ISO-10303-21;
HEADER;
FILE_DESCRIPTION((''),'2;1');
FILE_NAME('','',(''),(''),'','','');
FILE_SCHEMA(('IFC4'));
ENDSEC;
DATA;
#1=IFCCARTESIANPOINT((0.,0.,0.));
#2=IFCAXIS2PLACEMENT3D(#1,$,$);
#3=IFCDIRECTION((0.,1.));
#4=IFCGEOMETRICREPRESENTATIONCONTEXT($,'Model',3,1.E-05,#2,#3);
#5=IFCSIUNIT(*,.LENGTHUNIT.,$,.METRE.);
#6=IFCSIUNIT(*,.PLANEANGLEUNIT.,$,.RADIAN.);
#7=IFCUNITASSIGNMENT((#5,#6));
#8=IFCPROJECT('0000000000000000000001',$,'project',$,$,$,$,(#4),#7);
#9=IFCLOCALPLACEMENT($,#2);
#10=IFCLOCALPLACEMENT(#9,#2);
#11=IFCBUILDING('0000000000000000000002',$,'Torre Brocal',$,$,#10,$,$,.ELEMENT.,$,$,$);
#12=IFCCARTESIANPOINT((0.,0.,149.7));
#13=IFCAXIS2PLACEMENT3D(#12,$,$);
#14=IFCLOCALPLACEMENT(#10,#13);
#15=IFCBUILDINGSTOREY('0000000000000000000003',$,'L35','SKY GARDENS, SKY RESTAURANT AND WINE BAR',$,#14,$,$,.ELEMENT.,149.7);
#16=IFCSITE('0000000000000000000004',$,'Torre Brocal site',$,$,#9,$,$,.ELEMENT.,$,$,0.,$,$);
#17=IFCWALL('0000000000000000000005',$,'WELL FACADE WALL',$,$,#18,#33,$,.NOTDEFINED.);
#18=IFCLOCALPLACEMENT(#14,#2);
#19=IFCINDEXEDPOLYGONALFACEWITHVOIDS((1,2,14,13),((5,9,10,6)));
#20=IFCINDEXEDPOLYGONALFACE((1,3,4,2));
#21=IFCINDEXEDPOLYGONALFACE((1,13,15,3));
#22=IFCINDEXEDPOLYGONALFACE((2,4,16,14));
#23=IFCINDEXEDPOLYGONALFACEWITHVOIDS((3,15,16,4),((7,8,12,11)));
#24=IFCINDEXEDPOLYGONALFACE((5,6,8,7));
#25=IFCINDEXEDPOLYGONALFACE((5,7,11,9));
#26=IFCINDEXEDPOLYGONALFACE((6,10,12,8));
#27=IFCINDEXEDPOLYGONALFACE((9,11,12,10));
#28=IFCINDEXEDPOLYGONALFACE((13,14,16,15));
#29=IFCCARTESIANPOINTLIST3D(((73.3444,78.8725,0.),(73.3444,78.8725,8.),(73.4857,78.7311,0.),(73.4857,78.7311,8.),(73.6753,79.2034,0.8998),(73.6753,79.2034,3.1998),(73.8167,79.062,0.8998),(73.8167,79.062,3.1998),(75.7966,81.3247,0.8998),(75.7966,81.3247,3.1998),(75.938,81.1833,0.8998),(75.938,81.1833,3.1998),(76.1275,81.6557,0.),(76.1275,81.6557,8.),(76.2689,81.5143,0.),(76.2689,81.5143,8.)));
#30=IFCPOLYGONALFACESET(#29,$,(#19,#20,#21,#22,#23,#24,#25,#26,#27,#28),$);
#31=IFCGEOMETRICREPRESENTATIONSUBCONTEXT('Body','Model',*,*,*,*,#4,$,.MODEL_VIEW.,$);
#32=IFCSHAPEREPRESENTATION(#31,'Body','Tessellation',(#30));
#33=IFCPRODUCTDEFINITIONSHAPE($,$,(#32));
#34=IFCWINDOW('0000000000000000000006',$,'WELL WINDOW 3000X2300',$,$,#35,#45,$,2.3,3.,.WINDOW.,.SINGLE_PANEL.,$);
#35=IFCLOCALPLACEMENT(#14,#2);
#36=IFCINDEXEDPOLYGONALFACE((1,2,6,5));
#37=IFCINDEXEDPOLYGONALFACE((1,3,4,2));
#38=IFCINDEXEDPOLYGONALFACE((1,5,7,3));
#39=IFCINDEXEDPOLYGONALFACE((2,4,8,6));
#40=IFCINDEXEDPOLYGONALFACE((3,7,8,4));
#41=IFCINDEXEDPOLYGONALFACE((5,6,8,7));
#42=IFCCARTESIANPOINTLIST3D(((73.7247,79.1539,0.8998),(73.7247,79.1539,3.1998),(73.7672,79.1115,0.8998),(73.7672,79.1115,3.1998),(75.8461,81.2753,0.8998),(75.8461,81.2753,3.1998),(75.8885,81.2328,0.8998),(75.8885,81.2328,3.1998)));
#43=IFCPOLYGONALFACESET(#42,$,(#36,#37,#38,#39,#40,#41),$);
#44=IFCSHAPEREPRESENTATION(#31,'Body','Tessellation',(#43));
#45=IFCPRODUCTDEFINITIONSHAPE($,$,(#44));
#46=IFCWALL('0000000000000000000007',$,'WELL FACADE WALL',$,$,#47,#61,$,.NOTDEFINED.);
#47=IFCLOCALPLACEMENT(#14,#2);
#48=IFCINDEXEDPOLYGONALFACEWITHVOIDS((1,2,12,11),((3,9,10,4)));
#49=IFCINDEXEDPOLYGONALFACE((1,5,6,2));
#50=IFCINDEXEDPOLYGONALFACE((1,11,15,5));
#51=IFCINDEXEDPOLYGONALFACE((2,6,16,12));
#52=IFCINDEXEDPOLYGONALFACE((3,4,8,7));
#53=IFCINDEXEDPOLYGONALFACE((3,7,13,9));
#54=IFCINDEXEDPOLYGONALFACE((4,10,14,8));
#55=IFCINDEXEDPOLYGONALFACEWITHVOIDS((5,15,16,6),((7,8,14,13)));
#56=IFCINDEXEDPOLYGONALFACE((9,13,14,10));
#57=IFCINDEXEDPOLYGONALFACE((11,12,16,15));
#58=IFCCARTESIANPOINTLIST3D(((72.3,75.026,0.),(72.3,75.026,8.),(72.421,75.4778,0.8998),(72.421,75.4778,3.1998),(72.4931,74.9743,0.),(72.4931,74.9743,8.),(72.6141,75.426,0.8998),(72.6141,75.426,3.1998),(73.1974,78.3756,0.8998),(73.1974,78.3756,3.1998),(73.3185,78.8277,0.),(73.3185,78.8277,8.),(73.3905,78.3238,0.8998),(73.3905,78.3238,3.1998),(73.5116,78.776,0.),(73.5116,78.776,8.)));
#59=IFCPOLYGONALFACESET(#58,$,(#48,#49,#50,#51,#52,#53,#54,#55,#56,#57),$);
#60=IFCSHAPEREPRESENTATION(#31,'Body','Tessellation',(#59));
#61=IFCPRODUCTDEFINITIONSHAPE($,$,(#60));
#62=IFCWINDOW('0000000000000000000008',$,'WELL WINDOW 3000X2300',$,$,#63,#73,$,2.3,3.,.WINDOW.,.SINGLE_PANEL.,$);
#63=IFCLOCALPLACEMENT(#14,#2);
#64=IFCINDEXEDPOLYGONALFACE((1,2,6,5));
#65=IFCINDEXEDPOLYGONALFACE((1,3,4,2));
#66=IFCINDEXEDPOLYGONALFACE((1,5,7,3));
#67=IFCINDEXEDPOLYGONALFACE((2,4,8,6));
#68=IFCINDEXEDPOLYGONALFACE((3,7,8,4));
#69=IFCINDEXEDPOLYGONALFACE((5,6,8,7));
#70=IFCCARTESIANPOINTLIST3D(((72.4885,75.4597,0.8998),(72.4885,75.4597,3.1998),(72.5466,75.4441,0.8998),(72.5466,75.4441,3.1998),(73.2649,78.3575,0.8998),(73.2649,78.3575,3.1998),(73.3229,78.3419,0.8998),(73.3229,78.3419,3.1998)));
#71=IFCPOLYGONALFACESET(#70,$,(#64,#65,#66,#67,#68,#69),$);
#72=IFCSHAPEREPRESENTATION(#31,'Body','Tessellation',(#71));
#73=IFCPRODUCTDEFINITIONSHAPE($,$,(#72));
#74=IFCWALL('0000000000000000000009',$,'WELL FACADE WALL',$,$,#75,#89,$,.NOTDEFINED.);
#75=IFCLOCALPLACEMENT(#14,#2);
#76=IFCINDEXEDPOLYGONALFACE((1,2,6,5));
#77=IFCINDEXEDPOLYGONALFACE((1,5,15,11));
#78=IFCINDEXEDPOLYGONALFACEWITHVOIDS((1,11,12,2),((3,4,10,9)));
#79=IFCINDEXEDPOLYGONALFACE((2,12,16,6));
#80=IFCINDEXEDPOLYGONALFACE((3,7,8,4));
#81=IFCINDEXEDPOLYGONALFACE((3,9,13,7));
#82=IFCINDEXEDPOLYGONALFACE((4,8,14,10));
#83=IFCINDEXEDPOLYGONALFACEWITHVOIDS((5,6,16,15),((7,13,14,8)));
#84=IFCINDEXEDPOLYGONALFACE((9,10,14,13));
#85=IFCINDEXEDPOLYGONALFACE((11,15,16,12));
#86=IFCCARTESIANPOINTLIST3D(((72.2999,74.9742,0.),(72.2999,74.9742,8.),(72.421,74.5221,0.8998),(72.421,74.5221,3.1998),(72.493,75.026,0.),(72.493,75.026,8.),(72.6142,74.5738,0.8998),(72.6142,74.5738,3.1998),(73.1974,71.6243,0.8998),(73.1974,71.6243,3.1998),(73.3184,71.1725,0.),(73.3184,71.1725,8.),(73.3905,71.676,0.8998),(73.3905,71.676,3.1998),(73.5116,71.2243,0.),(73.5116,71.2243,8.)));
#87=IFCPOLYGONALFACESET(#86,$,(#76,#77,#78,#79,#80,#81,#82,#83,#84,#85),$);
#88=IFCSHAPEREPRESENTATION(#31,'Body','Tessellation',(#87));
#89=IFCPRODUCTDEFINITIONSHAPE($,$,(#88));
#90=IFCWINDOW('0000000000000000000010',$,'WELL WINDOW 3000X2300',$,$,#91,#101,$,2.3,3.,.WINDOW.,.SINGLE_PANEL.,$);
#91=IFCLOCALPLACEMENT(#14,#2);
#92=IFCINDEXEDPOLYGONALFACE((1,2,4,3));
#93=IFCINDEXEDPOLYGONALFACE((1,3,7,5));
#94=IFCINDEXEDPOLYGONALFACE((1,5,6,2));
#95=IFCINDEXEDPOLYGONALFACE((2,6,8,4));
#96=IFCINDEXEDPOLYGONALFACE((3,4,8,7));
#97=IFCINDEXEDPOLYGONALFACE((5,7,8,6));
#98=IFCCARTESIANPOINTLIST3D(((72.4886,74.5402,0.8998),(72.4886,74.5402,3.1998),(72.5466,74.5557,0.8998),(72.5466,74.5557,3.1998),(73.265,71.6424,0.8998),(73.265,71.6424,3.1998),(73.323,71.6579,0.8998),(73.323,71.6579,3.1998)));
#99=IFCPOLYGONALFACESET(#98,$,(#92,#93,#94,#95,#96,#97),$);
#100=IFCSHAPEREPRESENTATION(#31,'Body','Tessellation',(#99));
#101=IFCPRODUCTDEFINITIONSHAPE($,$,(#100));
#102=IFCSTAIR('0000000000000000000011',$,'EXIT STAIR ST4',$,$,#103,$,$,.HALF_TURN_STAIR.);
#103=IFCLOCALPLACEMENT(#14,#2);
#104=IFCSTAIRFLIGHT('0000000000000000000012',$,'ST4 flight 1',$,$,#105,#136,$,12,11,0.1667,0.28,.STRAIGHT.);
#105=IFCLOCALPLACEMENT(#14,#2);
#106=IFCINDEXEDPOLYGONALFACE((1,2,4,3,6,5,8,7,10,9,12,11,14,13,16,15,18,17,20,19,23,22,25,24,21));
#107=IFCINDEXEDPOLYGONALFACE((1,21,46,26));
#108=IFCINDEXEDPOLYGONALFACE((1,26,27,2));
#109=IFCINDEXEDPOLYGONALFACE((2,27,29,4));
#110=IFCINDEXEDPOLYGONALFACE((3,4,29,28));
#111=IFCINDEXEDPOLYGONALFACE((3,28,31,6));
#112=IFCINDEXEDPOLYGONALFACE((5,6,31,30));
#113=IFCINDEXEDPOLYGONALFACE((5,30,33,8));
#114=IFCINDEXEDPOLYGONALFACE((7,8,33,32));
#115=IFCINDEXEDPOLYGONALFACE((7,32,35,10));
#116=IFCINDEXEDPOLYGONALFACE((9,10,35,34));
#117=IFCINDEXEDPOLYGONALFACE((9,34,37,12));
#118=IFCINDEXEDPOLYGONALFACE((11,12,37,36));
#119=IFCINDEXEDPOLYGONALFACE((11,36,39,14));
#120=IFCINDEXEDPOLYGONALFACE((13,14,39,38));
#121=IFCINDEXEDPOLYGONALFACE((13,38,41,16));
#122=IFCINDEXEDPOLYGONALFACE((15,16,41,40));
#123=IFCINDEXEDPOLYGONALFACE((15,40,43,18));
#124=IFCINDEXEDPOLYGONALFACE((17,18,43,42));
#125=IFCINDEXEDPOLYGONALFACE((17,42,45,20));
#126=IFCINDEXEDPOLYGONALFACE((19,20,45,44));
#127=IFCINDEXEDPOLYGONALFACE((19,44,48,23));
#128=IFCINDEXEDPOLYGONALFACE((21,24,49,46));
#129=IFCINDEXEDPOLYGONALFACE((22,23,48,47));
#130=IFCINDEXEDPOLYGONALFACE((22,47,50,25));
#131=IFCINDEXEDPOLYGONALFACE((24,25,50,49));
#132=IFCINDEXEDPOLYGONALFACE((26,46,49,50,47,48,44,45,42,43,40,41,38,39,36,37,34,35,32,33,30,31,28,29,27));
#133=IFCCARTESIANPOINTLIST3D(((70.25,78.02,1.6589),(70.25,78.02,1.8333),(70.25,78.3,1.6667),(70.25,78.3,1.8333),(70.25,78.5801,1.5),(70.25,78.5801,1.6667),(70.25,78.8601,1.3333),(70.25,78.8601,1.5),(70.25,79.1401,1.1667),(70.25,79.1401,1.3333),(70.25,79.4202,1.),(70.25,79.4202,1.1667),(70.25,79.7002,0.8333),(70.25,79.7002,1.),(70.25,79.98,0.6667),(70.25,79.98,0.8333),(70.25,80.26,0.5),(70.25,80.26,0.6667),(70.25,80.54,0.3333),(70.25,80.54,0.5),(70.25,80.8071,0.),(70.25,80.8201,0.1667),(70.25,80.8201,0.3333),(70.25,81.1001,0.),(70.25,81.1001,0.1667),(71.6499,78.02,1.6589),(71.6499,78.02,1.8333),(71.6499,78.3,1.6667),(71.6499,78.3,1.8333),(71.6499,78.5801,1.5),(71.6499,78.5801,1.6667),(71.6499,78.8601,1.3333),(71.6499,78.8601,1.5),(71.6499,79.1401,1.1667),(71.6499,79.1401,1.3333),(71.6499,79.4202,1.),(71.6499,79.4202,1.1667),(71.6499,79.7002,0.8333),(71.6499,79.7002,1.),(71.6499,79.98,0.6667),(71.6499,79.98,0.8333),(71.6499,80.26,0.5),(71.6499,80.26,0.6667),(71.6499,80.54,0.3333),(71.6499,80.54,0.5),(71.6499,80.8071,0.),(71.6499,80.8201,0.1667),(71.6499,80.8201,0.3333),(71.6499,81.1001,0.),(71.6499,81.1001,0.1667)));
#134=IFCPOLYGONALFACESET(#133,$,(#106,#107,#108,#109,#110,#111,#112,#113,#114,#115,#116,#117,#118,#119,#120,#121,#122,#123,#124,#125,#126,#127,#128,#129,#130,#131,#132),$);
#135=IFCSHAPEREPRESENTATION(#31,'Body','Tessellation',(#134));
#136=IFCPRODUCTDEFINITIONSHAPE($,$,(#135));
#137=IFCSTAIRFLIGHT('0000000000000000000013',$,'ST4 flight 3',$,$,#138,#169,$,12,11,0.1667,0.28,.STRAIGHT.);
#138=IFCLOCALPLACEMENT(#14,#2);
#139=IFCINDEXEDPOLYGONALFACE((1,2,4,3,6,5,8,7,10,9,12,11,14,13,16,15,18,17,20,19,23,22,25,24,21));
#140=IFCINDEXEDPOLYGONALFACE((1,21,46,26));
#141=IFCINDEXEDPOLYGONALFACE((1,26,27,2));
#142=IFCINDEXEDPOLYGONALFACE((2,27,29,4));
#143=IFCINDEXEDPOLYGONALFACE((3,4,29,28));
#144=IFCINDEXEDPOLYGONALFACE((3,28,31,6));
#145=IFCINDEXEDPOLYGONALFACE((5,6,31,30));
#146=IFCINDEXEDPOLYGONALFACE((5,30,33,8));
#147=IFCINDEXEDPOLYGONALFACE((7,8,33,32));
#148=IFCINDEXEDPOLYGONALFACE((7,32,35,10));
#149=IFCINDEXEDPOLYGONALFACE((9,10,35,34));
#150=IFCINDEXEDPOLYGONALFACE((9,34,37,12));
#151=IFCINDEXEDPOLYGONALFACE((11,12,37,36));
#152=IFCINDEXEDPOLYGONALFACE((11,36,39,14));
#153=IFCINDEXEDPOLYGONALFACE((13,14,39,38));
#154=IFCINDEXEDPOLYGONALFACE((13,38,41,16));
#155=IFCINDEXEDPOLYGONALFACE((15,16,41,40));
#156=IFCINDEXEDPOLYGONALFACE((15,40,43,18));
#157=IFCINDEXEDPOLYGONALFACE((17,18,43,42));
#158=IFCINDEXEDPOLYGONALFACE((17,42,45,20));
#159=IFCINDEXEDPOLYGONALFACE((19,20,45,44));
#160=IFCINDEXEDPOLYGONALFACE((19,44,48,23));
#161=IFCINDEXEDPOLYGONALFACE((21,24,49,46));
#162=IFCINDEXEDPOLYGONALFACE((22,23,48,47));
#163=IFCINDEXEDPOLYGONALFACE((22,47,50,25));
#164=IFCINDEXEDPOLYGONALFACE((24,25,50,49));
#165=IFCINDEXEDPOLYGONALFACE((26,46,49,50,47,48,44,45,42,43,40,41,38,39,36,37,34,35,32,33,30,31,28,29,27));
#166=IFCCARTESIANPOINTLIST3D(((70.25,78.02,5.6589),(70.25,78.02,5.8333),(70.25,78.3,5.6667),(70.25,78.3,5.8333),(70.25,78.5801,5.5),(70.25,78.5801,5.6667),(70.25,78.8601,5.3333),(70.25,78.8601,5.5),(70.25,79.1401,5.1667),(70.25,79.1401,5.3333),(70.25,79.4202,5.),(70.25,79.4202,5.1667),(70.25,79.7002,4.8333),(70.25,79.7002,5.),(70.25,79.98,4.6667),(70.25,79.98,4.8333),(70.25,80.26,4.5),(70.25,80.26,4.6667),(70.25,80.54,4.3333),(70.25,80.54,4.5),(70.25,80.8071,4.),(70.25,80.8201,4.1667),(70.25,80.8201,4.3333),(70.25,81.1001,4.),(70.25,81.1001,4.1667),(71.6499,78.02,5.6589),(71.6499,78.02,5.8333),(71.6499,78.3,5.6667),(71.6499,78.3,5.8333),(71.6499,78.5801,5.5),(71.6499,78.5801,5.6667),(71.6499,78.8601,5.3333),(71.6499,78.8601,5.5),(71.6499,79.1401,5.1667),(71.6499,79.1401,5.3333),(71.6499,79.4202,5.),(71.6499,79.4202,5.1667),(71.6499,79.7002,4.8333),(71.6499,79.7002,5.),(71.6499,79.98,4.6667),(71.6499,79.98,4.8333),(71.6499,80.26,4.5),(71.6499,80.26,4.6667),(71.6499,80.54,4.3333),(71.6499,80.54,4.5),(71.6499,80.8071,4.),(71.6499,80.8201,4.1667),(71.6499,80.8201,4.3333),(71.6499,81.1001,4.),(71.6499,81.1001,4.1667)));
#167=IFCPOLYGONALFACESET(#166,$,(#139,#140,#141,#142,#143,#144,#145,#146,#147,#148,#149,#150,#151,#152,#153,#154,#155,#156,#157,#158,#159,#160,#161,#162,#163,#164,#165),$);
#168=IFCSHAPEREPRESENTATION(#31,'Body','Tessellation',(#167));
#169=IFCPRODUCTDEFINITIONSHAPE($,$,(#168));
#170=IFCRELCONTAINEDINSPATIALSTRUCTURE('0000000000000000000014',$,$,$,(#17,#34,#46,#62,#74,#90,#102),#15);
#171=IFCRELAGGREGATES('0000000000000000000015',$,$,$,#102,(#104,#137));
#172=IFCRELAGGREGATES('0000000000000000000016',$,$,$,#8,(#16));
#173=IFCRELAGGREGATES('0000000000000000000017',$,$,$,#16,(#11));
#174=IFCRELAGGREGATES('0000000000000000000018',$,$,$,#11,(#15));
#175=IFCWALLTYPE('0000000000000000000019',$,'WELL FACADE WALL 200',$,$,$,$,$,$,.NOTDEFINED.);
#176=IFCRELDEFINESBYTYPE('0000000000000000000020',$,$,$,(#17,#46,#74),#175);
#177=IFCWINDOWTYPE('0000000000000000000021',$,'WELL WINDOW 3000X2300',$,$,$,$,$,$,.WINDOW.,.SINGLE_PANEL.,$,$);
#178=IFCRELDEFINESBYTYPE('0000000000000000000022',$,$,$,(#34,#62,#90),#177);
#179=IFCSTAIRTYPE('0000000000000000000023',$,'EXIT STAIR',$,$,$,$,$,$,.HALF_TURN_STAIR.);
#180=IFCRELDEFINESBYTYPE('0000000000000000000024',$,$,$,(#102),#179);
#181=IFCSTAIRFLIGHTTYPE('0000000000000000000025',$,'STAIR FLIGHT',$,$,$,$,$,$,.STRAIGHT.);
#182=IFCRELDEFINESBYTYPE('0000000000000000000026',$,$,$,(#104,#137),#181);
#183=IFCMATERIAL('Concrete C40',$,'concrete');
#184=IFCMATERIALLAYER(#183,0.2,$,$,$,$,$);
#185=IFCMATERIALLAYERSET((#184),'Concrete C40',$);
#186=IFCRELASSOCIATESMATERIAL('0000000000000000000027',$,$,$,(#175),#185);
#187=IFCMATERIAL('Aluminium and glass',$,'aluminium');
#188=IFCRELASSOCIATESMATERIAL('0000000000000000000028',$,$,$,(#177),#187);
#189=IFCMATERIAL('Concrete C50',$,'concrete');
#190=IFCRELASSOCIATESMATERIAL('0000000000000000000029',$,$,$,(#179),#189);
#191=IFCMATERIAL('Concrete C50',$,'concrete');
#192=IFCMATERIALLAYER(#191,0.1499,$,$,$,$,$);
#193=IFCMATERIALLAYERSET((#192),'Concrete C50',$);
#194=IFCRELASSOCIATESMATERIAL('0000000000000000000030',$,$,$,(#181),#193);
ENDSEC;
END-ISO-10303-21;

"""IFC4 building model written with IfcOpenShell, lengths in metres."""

from ifc_helpers import new_model, si_unit, direction, frame, frame_2d, origin, place, context, subcontext, project, spatial, polyline, rectangle, outline, extrude, material, layer, layer_set, type_object, element, fill, aggregate, save


model = new_model("IFC4")

# Units and contexts
model_context = context("Model", 3, precision=1e-05, world=origin(), true_north=direction((0.0, 1.0)))
body_context = subcontext(model_context, "Body", "Model", "MODEL_VIEW")
ifc_project = project(units=[si_unit("LENGTHUNIT", "METRE"), si_unit("PLANEANGLEUNIT", "RADIAN")], contexts=[model_context])

# Site, building, storey
site_placement = place(None, origin())
site = spatial("IfcSite", under=ifc_project, at=site_placement, Name="Torre Brocal site", CompositionType="ELEMENT", RefElevation=0.0)
building_placement = place(site_placement, origin())
building = spatial("IfcBuilding", under=site, at=building_placement, Name="Torre Brocal", CompositionType="ELEMENT")
storey_placement = place(building_placement, frame((0.0, 0.0, 149.7)))
storey = spatial("IfcBuildingStorey", under=building, at=storey_placement, Name="L35", Description="SKY GARDENS, SKY RESTAURANT AND WINE BAR", CompositionType="ELEMENT", Elevation=149.7)

# Walls, openings, windows
ifc_material_1 = material(Name="Concrete C40", Category="concrete")
ifc_layer_1 = layer(ifc_material_1, 0.2)
ifc_layer_set_1 = layer_set([ifc_layer_1], Name="Concrete C40")
wall_type_1 = type_object("IfcWallType", Name="WELL FACADE WALL 200", PredefinedType="NOTDEFINED", material=ifc_layer_set_1)
wall_1_placement = place(storey_placement, frame((76.1982, 81.585, 0.0), z_axis=(0.0, 0.0, 1.0), x_axis=(-0.707107, -0.707107, 0.0)))
wall_1 = element("IfcWall", 1, at=wall_1_placement, inside=storey, type_object=wall_type_1, Name="WELL FACADE WALL", PredefinedType="NOTDEFINED", context=body_context, shape_type="SweptSolid", body=[
    extrude(rectangle(XDim=3.936, YDim=0.2, at=frame_2d((1.968, 0.0))), origin(), (0.0, 0.0, 1.0), 8.0),
])
opening_1_placement = place(wall_1_placement, frame((0.468, 0.0, 0.8999)))
opening_1 = element("IfcOpeningElement", 2, at=opening_1_placement, cuts=wall_1, PredefinedType="OPENING", context=body_context, shape_type="SweptSolid", body=[
    extrude(rectangle(XDim=3.0, YDim=2.3, at=frame_2d((1.5, 1.1499))), frame((0.0, 0.1099, 0.0), z_axis=(0.0, -1.0, 0.0), x_axis=(1.0, 0.0, 0.0)), (0.0, 0.0, 1.0), 0.22),
])
ifc_material_2 = material(Name="Aluminium and glass", Category="aluminium")
window_type_1 = type_object("IfcWindowType", Name="WELL WINDOW 3000X2300", PartitioningType="SINGLE_PANEL", PredefinedType="WINDOW", material=ifc_material_2)
window_1_placement = place(opening_1_placement, origin())
window_1 = element("IfcWindow", 3, at=window_1_placement, inside=storey, type_object=window_type_1, Name="WELL WINDOW 3000X2300", OverallHeight=2.3, OverallWidth=3.0, PartitioningType="SINGLE_PANEL", PredefinedType="WINDOW", context=body_context, shape_type="SweptSolid", body=[
    extrude(rectangle(XDim=3.0, YDim=2.3, at=frame_2d((1.5, 1.1499))), frame((0.0, 0.03, 0.0), z_axis=(0.0, -1.0, 0.0), x_axis=(1.0, 0.0, 0.0)), (0.0, 0.0, 1.0), 0.0601),
])
fill(opening_1, window_1)
wall_2_placement = place(storey_placement, frame((73.415, 78.8018, 0.0), z_axis=(0.0, 0.0, 1.0), x_axis=(-0.25879, -0.965934, 0.0)))
wall_2 = element("IfcWall", 4, at=wall_2_placement, inside=storey, type_object=wall_type_1, Name="WELL FACADE WALL", PredefinedType="NOTDEFINED", context=body_context, shape_type="SweptSolid", body=[
    extrude(rectangle(XDim=3.9358, YDim=0.2, at=frame_2d((1.9678, 0.0))), origin(), (0.0, 0.0, 1.0), 8.0),
])
opening_2_placement = place(wall_2_placement, frame((0.468, 0.0, 0.8999)))
opening_2 = element("IfcOpeningElement", 5, at=opening_2_placement, cuts=wall_2, PredefinedType="OPENING", context=body_context, shape_type="SweptSolid", body=[
    extrude(rectangle(XDim=3.0, YDim=2.3, at=frame_2d((1.5, 1.1499))), frame((0.0, 0.1099, 0.0), z_axis=(0.0, -1.0, 0.0), x_axis=(1.0, 0.0, 0.0)), (0.0, 0.0, 1.0), 0.22),
])
window_2_placement = place(opening_2_placement, origin())
window_2 = element("IfcWindow", 6, at=window_2_placement, inside=storey, type_object=window_type_1, Name="WELL WINDOW 3000X2300", OverallHeight=2.3, OverallWidth=3.0, PartitioningType="SINGLE_PANEL", PredefinedType="WINDOW", context=body_context, shape_type="SweptSolid", body=[
    extrude(rectangle(XDim=3.0, YDim=2.3, at=frame_2d((1.5, 1.1499))), frame((0.0, 0.03, 0.0), z_axis=(0.0, -1.0, 0.0), x_axis=(1.0, 0.0, 0.0)), (0.0, 0.0, 1.0), 0.0601),
])
fill(opening_2, window_2)
wall_3_placement = place(storey_placement, frame((72.3965, 75.0, 0.0), z_axis=(0.0, 0.0, 1.0), x_axis=(0.25879, -0.965934, 0.0)))
wall_3 = element("IfcWall", 7, at=wall_3_placement, inside=storey, type_object=wall_type_1, Name="WELL FACADE WALL", PredefinedType="NOTDEFINED", context=body_context, shape_type="SweptSolid", body=[
    extrude(rectangle(XDim=3.9358, YDim=0.2, at=frame_2d((1.9678, 0.0))), origin(), (0.0, 0.0, 1.0), 8.0),
])
opening_3_placement = place(wall_3_placement, frame((0.468, 0.0, 0.8999)))
opening_3 = element("IfcOpeningElement", 8, at=opening_3_placement, cuts=wall_3, PredefinedType="OPENING", context=body_context, shape_type="SweptSolid", body=[
    extrude(rectangle(XDim=3.0, YDim=2.3, at=frame_2d((1.5, 1.1499))), frame((0.0, 0.1099, 0.0), z_axis=(0.0, -1.0, 0.0), x_axis=(1.0, 0.0, 0.0)), (0.0, 0.0, 1.0), 0.22),
])
window_3_placement = place(opening_3_placement, origin())
window_3 = element("IfcWindow", 9, at=window_3_placement, inside=storey, type_object=window_type_1, Name="WELL WINDOW 3000X2300", OverallHeight=2.3, OverallWidth=3.0, PartitioningType="SINGLE_PANEL", PredefinedType="WINDOW", context=body_context, shape_type="SweptSolid", body=[
    extrude(rectangle(XDim=3.0, YDim=2.3, at=frame_2d((1.5, 1.1499))), frame((0.0, 0.03, 0.0), z_axis=(0.0, -1.0, 0.0), x_axis=(1.0, 0.0, 0.0)), (0.0, 0.0, 1.0), 0.0601),
])
fill(opening_3, window_3)

# Stair, stair flights
ifc_material_3 = material(Name="Concrete C50", Category="concrete")
stair_type = type_object("IfcStairType", Name="EXIT STAIR", PredefinedType="HALF_TURN_STAIR", material=ifc_material_3)
stair_placement = place(storey_placement, origin())
stair = element("IfcStair", 10, at=stair_placement, inside=storey, type_object=stair_type, Name="EXIT STAIR ST4", PredefinedType="HALF_TURN_STAIR")
ifc_material_4 = material(Name="Concrete C50", Category="concrete")
ifc_layer_2 = layer(ifc_material_4, 0.1499)
ifc_layer_set_2 = layer_set([ifc_layer_2], Name="Concrete C50")
stair_flight_type = type_object("IfcStairFlightType", Name="STAIR FLIGHT", PredefinedType="STRAIGHT", material=ifc_layer_set_2)
stair_flight_1_placement = place(storey_placement, frame((70.95, 81.1001, 0.0), z_axis=(0.0, 0.0, 1.0), x_axis=(0.0, -1.0, 0.0)))
stair_flight_1 = element("IfcStairFlight", 11, at=stair_flight_1_placement, type_object=stair_flight_type, Name="ST4 flight 1", NumberOfRisers=12, NumberOfTreads=11, PredefinedType="STRAIGHT", RiserHeight=0.1667, TreadLength=0.28, context=body_context, shape_type="SweptSolid", body=[
    extrude(outline(polyline([(0.0, 0.0), (0.0, 0.1667), (0.28, 0.1667), (0.28, 0.3333), (0.5601, 0.3333), (0.5601, 0.5), (0.8401, 0.5), (0.8401, 0.6667), (1.1201, 0.6667), (1.1201, 0.8333), (1.3999, 0.8333), (1.3999, 1.0), (1.6799, 1.0), (1.6799, 1.1667), (1.96, 1.1667), (1.96, 1.3333), (2.24, 1.3333), (2.24, 1.5), (2.52, 1.5), (2.52, 1.6667), (2.8, 1.6667), (2.8, 1.8333), (3.0801, 1.8333), (3.0801, 2.0), (3.0801, 1.6589), (0.293, 0.0), (0.0, 0.0)])), frame((0.0, 0.7, 0.0), z_axis=(0.0, -1.0, 0.0), x_axis=(1.0, 0.0, 0.0)), (0.0, 0.0, 1.0), 1.3999),
])
stair_flight_2_placement = place(storey_placement, frame((70.95, 81.1001, 4.0), z_axis=(0.0, 0.0, 1.0), x_axis=(0.0, -1.0, 0.0)))
stair_flight_2 = element("IfcStairFlight", 12, at=stair_flight_2_placement, type_object=stair_flight_type, Name="ST4 flight 3", NumberOfRisers=12, NumberOfTreads=11, PredefinedType="STRAIGHT", RiserHeight=0.1667, TreadLength=0.28, context=body_context, shape_type="SweptSolid", body=[
    extrude(outline(polyline([(0.0, 0.0), (0.0, 0.1667), (0.28, 0.1667), (0.28, 0.3333), (0.5601, 0.3333), (0.5601, 0.5), (0.8401, 0.5), (0.8401, 0.6667), (1.1201, 0.6667), (1.1201, 0.8333), (1.3999, 0.8333), (1.3999, 1.0), (1.6799, 1.0), (1.6799, 1.1667), (1.96, 1.1667), (1.96, 1.3333), (2.24, 1.3333), (2.24, 1.5), (2.52, 1.5), (2.52, 1.6667), (2.8, 1.6667), (2.8, 1.8333), (3.0801, 1.8333), (3.0801, 2.0), (3.0801, 1.6589), (0.293, 0.0), (0.0, 0.0)])), frame((0.0, 0.7, 0.0), z_axis=(0.0, -1.0, 0.0), x_axis=(1.0, 0.0, 0.0)), (0.0, 0.0, 1.0), 1.3999),
])
aggregate(stair, [stair_flight_1, stair_flight_2])

save(model, "model.ifc")
